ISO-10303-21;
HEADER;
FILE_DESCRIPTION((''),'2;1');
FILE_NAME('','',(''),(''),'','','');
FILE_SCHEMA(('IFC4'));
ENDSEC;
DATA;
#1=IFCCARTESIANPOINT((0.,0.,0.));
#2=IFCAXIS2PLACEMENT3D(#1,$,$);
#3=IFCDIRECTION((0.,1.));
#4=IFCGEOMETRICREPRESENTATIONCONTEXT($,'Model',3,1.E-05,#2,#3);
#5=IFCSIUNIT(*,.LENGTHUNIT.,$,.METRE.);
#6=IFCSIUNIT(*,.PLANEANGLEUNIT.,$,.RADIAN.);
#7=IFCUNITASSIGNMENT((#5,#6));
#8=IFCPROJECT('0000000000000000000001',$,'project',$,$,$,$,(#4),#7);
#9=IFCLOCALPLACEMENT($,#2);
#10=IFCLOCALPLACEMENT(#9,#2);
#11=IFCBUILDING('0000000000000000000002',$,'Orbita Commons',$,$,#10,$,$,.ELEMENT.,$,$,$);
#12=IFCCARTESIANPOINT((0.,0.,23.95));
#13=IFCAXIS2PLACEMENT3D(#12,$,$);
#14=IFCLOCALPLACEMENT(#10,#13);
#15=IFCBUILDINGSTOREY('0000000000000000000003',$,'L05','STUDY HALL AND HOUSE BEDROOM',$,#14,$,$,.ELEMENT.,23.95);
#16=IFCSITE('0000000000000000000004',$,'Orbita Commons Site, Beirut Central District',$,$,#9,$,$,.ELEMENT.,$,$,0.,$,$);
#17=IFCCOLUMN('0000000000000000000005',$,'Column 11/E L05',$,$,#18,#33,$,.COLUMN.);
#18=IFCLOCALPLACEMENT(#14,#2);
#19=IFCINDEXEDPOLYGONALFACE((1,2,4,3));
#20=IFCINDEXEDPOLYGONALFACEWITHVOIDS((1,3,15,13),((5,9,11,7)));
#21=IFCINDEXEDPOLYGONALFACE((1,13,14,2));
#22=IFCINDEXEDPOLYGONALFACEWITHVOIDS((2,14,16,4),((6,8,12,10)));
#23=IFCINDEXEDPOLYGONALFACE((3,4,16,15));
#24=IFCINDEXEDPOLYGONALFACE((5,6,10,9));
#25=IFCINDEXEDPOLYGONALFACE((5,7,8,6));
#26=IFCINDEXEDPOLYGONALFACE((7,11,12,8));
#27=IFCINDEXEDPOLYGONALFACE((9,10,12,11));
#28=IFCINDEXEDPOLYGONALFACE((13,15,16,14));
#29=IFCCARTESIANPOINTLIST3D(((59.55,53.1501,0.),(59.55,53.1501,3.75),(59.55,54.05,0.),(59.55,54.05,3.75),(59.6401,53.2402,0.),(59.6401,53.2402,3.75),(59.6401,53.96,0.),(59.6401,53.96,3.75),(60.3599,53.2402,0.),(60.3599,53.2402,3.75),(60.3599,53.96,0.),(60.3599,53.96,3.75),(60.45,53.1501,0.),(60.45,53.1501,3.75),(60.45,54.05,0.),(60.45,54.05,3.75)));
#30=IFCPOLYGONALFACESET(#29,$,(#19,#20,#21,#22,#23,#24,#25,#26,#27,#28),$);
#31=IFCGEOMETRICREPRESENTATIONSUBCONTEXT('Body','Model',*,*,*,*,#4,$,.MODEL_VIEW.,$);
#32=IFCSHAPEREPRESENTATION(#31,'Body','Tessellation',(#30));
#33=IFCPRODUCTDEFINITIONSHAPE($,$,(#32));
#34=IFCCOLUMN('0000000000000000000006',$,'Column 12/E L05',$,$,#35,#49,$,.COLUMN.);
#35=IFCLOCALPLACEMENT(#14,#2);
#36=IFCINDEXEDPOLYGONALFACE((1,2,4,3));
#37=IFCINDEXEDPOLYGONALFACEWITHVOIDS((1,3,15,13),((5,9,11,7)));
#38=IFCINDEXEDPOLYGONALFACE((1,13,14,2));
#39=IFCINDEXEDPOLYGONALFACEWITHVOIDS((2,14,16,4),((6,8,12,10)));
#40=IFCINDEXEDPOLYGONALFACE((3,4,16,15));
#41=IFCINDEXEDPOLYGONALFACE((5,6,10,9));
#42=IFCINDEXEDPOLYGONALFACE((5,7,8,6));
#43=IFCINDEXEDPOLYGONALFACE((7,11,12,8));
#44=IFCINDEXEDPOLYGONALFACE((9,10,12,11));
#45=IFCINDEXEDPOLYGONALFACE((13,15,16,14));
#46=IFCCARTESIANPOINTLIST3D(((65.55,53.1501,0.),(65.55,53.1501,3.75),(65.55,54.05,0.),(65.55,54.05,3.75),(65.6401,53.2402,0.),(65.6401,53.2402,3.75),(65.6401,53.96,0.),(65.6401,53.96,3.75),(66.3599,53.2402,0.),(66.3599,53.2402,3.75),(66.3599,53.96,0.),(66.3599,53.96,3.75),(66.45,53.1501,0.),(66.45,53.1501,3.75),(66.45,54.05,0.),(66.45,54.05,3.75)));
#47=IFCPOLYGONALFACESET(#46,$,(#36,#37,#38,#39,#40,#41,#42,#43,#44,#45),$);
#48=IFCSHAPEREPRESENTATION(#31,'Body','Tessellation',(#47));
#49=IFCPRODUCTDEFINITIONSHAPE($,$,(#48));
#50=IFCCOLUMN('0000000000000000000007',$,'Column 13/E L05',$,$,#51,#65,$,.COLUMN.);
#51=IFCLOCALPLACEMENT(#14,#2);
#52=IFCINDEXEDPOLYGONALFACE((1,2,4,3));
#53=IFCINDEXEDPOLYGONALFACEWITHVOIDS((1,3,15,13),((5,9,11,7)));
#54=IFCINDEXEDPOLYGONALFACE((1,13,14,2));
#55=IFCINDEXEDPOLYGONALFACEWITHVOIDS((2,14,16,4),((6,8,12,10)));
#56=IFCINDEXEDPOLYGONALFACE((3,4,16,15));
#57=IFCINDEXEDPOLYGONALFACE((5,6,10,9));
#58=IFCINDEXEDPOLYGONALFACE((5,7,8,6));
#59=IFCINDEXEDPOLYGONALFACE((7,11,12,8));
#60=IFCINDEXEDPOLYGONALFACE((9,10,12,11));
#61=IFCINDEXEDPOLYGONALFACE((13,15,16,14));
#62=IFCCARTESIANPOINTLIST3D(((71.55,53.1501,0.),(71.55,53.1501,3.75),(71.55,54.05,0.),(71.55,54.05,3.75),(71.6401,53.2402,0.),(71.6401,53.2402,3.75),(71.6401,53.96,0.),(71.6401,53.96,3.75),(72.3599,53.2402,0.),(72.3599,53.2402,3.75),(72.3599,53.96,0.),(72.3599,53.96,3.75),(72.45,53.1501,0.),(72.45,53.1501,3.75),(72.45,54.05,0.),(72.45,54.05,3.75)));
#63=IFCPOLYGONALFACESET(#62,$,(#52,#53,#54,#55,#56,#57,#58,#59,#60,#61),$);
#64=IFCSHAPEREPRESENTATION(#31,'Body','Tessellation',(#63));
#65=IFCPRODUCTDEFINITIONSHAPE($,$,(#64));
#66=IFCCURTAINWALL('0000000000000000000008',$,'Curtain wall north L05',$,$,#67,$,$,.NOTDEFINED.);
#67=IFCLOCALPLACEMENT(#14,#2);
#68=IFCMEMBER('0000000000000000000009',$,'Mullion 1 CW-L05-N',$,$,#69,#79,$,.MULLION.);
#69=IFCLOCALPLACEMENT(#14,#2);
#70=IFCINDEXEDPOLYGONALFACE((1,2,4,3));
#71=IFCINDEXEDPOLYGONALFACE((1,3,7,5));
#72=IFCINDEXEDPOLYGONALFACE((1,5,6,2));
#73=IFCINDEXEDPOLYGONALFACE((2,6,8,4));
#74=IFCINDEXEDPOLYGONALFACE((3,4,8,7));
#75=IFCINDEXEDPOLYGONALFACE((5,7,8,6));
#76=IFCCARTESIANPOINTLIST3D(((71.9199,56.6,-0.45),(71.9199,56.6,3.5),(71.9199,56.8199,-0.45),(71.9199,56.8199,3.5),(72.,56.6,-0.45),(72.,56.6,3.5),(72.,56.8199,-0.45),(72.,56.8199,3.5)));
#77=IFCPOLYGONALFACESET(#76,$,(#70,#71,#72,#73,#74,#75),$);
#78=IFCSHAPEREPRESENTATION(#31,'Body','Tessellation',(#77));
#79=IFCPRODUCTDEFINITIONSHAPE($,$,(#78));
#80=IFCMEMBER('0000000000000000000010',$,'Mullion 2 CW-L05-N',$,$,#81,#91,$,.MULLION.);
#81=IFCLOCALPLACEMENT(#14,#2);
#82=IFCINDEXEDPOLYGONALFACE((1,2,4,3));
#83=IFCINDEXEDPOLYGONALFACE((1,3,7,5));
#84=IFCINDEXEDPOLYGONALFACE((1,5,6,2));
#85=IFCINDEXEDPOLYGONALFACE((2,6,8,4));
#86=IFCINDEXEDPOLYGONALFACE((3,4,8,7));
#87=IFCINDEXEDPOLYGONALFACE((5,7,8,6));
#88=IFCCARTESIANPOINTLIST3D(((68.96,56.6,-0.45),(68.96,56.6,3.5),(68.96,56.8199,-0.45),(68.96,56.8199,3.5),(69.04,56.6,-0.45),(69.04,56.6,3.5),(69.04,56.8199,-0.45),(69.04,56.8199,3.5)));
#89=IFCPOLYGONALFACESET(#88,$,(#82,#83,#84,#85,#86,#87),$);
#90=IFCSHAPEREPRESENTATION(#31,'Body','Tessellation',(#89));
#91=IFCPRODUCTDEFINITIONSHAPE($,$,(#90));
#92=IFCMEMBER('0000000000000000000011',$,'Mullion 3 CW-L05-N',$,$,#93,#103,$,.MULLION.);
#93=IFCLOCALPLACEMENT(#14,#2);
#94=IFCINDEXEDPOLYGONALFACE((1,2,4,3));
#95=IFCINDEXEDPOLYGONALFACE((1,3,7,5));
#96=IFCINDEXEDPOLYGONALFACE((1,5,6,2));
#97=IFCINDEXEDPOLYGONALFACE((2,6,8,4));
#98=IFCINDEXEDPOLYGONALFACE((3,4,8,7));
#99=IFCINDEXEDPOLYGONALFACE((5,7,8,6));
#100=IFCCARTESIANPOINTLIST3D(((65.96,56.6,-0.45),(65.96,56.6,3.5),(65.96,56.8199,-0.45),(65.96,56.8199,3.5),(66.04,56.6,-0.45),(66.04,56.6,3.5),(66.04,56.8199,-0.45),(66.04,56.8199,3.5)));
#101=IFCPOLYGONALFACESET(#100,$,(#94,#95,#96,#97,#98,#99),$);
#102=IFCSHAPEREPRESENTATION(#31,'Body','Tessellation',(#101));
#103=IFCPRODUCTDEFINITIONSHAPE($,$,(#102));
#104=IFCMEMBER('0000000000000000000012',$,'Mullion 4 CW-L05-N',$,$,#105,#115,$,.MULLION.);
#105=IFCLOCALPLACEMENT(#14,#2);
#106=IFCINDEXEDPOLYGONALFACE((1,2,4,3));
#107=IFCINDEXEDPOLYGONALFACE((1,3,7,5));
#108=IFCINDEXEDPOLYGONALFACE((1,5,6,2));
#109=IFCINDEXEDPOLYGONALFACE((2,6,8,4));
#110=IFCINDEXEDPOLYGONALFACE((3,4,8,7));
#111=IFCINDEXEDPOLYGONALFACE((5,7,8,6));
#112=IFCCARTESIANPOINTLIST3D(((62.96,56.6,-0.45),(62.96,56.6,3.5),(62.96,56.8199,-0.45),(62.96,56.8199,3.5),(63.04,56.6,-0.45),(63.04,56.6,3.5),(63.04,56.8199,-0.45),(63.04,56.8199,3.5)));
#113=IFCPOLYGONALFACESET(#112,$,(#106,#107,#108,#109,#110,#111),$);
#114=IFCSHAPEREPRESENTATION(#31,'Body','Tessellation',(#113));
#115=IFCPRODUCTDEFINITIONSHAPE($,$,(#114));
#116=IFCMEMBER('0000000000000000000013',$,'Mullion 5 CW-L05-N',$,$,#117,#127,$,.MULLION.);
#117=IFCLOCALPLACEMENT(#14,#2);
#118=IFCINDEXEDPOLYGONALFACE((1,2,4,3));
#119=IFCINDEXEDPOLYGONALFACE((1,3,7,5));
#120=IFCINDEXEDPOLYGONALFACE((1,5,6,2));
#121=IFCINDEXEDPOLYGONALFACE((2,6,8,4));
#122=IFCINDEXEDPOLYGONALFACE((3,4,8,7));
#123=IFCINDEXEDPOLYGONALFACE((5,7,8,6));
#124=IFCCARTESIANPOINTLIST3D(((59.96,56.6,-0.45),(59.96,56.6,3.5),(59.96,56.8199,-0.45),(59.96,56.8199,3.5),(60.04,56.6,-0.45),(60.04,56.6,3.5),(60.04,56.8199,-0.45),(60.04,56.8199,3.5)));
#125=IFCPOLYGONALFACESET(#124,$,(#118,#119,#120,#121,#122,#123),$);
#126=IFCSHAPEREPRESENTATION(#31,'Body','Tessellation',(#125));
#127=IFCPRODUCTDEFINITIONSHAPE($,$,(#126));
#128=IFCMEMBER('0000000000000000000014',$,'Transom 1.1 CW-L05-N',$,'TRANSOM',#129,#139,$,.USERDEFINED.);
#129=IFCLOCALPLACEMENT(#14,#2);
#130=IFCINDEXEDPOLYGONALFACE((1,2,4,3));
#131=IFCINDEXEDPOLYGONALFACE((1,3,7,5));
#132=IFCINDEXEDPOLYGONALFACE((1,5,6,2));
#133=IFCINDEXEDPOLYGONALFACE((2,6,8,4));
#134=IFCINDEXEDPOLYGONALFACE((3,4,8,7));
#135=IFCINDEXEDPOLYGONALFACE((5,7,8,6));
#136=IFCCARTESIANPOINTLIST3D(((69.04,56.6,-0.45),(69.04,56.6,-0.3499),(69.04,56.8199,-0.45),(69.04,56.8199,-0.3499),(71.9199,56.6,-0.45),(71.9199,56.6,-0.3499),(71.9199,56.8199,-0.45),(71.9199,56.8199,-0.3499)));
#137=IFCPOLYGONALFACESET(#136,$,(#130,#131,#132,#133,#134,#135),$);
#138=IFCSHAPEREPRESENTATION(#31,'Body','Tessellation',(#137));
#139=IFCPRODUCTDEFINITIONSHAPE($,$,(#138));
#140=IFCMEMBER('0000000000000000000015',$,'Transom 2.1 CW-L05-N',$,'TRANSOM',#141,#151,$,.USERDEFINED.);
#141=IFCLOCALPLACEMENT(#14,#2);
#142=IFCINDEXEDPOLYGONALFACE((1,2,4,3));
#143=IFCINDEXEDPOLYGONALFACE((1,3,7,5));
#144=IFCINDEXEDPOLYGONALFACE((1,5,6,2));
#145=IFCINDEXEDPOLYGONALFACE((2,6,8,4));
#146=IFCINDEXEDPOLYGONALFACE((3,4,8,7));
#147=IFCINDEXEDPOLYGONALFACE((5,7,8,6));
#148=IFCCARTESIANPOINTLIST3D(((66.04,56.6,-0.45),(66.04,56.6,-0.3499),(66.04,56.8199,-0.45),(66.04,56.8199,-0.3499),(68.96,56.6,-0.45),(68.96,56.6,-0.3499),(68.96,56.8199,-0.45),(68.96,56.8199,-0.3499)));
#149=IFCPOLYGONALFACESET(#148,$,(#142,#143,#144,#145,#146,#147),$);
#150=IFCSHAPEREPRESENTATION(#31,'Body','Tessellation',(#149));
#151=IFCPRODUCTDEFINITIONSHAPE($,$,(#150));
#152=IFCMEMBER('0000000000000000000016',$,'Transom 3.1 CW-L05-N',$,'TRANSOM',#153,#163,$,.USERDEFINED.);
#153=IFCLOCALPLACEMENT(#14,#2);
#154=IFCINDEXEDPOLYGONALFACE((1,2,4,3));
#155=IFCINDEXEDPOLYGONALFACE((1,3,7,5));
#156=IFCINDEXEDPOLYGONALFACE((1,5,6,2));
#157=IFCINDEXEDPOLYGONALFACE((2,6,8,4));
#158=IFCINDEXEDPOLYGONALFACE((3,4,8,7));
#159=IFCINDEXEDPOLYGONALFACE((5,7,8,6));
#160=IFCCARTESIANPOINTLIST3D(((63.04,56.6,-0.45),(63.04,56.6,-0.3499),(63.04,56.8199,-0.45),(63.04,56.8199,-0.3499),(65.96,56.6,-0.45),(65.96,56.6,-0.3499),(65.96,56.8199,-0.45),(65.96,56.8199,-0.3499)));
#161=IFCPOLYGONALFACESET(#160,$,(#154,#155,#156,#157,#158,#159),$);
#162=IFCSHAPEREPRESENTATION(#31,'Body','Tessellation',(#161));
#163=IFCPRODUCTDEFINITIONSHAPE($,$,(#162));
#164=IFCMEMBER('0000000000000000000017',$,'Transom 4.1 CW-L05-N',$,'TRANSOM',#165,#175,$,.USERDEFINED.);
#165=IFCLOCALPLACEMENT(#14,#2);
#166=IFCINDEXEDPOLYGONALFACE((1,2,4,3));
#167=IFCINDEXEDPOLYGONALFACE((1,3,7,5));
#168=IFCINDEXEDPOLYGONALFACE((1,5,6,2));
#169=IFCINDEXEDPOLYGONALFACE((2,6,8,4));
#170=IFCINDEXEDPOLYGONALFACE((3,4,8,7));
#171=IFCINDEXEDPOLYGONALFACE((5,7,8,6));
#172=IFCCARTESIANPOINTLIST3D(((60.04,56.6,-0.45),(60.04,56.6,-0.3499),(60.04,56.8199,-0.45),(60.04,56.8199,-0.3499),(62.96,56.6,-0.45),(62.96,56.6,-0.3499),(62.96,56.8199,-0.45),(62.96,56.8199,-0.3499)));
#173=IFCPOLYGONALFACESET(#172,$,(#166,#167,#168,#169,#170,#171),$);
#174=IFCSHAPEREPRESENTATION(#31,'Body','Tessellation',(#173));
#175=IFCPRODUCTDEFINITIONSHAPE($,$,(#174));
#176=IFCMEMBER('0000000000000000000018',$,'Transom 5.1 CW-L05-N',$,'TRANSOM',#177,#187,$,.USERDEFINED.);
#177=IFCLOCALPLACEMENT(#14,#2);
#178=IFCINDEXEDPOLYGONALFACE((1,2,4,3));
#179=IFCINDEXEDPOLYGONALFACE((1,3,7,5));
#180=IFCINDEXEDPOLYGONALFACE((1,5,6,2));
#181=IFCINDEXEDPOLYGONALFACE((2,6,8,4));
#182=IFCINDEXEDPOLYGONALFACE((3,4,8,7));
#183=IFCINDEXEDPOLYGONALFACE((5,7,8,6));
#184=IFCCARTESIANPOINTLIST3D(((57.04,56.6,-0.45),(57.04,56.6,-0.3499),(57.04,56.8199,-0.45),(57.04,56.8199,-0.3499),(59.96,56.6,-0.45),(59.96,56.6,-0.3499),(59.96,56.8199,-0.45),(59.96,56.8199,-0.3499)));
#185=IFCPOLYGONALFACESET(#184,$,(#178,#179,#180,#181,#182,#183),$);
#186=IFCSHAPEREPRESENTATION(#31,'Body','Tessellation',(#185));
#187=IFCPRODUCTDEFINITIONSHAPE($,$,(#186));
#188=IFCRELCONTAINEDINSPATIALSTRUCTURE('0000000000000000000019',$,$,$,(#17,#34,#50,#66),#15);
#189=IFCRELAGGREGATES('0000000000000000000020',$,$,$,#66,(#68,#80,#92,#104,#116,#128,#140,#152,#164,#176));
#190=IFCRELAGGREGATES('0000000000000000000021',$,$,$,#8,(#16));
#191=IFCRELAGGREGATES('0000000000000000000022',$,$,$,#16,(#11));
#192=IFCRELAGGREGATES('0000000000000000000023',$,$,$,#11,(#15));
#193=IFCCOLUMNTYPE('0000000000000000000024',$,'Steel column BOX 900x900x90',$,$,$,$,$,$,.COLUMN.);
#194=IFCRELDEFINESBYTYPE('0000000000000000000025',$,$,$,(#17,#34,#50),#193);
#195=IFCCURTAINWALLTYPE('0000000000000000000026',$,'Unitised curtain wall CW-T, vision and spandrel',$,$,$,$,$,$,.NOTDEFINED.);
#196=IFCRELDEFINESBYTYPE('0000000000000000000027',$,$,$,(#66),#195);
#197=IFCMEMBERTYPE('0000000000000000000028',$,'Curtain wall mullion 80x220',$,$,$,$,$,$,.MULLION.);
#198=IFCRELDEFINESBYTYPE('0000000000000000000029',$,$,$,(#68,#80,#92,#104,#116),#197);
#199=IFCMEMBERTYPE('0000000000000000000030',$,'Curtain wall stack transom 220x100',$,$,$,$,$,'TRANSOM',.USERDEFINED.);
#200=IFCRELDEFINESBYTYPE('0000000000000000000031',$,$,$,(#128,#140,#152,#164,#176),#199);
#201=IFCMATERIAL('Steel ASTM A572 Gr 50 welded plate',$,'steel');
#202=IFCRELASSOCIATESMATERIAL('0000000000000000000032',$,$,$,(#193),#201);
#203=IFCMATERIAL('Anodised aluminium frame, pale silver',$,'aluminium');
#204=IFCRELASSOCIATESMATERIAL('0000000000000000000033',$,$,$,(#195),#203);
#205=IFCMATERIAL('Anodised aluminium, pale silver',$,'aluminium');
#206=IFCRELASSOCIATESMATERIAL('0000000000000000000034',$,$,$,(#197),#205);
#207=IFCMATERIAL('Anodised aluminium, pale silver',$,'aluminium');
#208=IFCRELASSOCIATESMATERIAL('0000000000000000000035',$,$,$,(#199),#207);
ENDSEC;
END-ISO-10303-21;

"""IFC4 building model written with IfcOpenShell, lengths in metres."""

from ifc_helpers import new_model, si_unit, direction, frame, origin, origin_2d, place, context, subcontext, project, spatial, rectangle, hollow_rectangle, extrude, material, material_profile, profile_set, type_object, element, aggregate, save


model = new_model("IFC4")

# Units and contexts
model_context = context("Model", 3, precision=1e-05, world=origin(), true_north=direction((0.0, 1.0)))
body_context = subcontext(model_context, "Body", "Model", "MODEL_VIEW")
ifc_project = project(units=[si_unit("LENGTHUNIT", "METRE"), si_unit("PLANEANGLEUNIT", "RADIAN")], contexts=[model_context])

# Site, building, storey
site_placement = place(None, origin())
site = spatial("IfcSite", under=ifc_project, at=site_placement, Name="Orbita Commons Site, Beirut Central District", CompositionType="ELEMENT", RefElevation=0.0)
building_placement = place(site_placement, origin())
building = spatial("IfcBuilding", under=site, at=building_placement, Name="Orbita Commons", CompositionType="ELEMENT")
storey_placement = place(building_placement, frame((0.0, 0.0, 23.95)))
storey = spatial("IfcBuildingStorey", under=building, at=storey_placement, Name="L05", Description="STUDY HALL AND HOUSE BEDROOM", CompositionType="ELEMENT", Elevation=23.95)

# Columns
ifc_material_1 = material(Name="Steel ASTM A572 Gr 50 welded plate", Category="steel")
ifc_material_profile_1 = material_profile(ifc_material_1, hollow_rectangle(XDim=0.8999, YDim=0.8999, WallThickness=0.0901, at=origin_2d()), Name="BOX 900x900x90")
ifc_profile_set_1 = profile_set([ifc_material_profile_1], Name="Steel ASTM A572 Gr 50 welded plate")
column_type = type_object("IfcColumnType", Name="Steel column BOX 900x900x90", PredefinedType="COLUMN", material=ifc_profile_set_1)
for number, where, z_axis, x_axis, name in (
    (1, (60.0, 53.6001, 0.0), (0.0, 0.0, 1.0), (1.0, 0.0, 0.0), "Column 11/E L05"),
    (2, (66.0, 53.6001, 0.0), (0.0, 0.0, 1.0), (1.0, 0.0, 0.0), "Column 12/E L05"),
    (3, (72.0, 53.6001, 0.0), (0.0, 0.0, 1.0), (1.0, 0.0, 0.0), "Column 13/E L05"),
):
    element("IfcColumn", number, at=place(storey_placement, frame(where, z_axis=z_axis, x_axis=x_axis)), inside=storey, type_object=column_type, Name=name, PredefinedType="COLUMN", context=body_context, shape_type="SweptSolid", body=[
        extrude(hollow_rectangle(XDim=0.8999, YDim=0.8999, WallThickness=0.0901, at=origin_2d()), origin(), (0.0, 0.0, 1.0), 3.75),
    ])

# Curtain wall, members
ifc_material_2 = material(Name="Anodised aluminium frame, pale silver", Category="aluminium")
curtain_wall_type = type_object("IfcCurtainWallType", Name="Unitised curtain wall CW-T, vision and spandrel", PredefinedType="NOTDEFINED", material=ifc_material_2)
curtain_wall_placement = place(storey_placement, origin())
curtain_wall = element("IfcCurtainWall", 4, at=curtain_wall_placement, inside=storey, type_object=curtain_wall_type, Name="Curtain wall north L05", PredefinedType="NOTDEFINED")
ifc_material_3 = material(Name="Anodised aluminium, pale silver", Category="aluminium")
ifc_material_profile_2 = material_profile(ifc_material_3, rectangle(XDim=0.0801, YDim=0.22, at=origin_2d()), Name="AL 80x220")
ifc_profile_set_2 = profile_set([ifc_material_profile_2], Name="Anodised aluminium, pale silver")
member_type_1 = type_object("IfcMemberType", Name="Curtain wall mullion 80x220", PredefinedType="MULLION", material=ifc_profile_set_2)
member_1_placement = place(storey_placement, frame((71.96, 56.71, -0.45), z_axis=(0.0, 0.0, 1.0), x_axis=(-1.0, 0.0, 0.0)))
member_1 = element("IfcMember", 5, at=member_1_placement, type_object=member_type_1, Name="Mullion 1 CW-L05-N", PredefinedType="MULLION", context=body_context, shape_type="SweptSolid", body=[
    extrude(rectangle(XDim=0.0801, YDim=0.22, at=origin_2d()), origin(), (0.0, 0.0, 1.0), 3.95),
])
member_2_placement = place(storey_placement, frame((69.0, 56.71, -0.45), z_axis=(0.0, 0.0, 1.0), x_axis=(-1.0, 0.0, 0.0)))
member_2 = element("IfcMember", 6, at=member_2_placement, type_object=member_type_1, Name="Mullion 2 CW-L05-N", PredefinedType="MULLION", context=body_context, shape_type="SweptSolid", body=[
    extrude(rectangle(XDim=0.0801, YDim=0.22, at=origin_2d()), origin(), (0.0, 0.0, 1.0), 3.95),
])
member_3_placement = place(storey_placement, frame((66.0, 56.71, -0.45), z_axis=(0.0, 0.0, 1.0), x_axis=(-1.0, 0.0, 0.0)))
member_3 = element("IfcMember", 7, at=member_3_placement, type_object=member_type_1, Name="Mullion 3 CW-L05-N", PredefinedType="MULLION", context=body_context, shape_type="SweptSolid", body=[
    extrude(rectangle(XDim=0.0801, YDim=0.22, at=origin_2d()), origin(), (0.0, 0.0, 1.0), 3.95),
])
member_4_placement = place(storey_placement, frame((63.0, 56.71, -0.45), z_axis=(0.0, 0.0, 1.0), x_axis=(-1.0, 0.0, 0.0)))
member_4 = element("IfcMember", 8, at=member_4_placement, type_object=member_type_1, Name="Mullion 4 CW-L05-N", PredefinedType="MULLION", context=body_context, shape_type="SweptSolid", body=[
    extrude(rectangle(XDim=0.0801, YDim=0.22, at=origin_2d()), origin(), (0.0, 0.0, 1.0), 3.95),
])
member_5_placement = place(storey_placement, frame((60.0, 56.71, -0.45), z_axis=(0.0, 0.0, 1.0), x_axis=(-1.0, 0.0, 0.0)))
member_5 = element("IfcMember", 9, at=member_5_placement, type_object=member_type_1, Name="Mullion 5 CW-L05-N", PredefinedType="MULLION", context=body_context, shape_type="SweptSolid", body=[
    extrude(rectangle(XDim=0.0801, YDim=0.22, at=origin_2d()), origin(), (0.0, 0.0, 1.0), 3.95),
])
ifc_material_4 = material(Name="Anodised aluminium, pale silver", Category="aluminium")
ifc_material_profile_3 = material_profile(ifc_material_4, rectangle(XDim=0.22, YDim=0.1001, at=origin_2d()), Name="AL 220x100")
ifc_profile_set_3 = profile_set([ifc_material_profile_3], Name="Anodised aluminium, pale silver")
member_type_2 = type_object("IfcMemberType", Name="Curtain wall stack transom 220x100", ElementType="TRANSOM", PredefinedType="USERDEFINED", material=ifc_profile_set_3)
member_6_placement = place(storey_placement, frame((71.9199, 56.71, -0.3999), z_axis=(-1.0, 0.0, 0.0), x_axis=(0.0, -1.0, 0.0)))
member_6 = element("IfcMember", 10, at=member_6_placement, type_object=member_type_2, Name="Transom 1.1 CW-L05-N", ObjectType="TRANSOM", PredefinedType="USERDEFINED", context=body_context, shape_type="SweptSolid", body=[
    extrude(rectangle(XDim=0.22, YDim=0.1001, at=origin_2d()), origin(), (0.0, 0.0, 1.0), 2.8799),
])
member_7_placement = place(storey_placement, frame((68.96, 56.71, -0.3999), z_axis=(-1.0, 0.0, 0.0), x_axis=(0.0, -1.0, 0.0)))
member_7 = element("IfcMember", 11, at=member_7_placement, type_object=member_type_2, Name="Transom 2.1 CW-L05-N", ObjectType="TRANSOM", PredefinedType="USERDEFINED", context=body_context, shape_type="SweptSolid", body=[
    extrude(rectangle(XDim=0.22, YDim=0.1001, at=origin_2d()), origin(), (0.0, 0.0, 1.0), 2.9199),
])
member_8_placement = place(storey_placement, frame((65.96, 56.71, -0.3999), z_axis=(-1.0, 0.0, 0.0), x_axis=(0.0, -1.0, 0.0)))
member_8 = element("IfcMember", 12, at=member_8_placement, type_object=member_type_2, Name="Transom 3.1 CW-L05-N", ObjectType="TRANSOM", PredefinedType="USERDEFINED", context=body_context, shape_type="SweptSolid", body=[
    extrude(rectangle(XDim=0.22, YDim=0.1001, at=origin_2d()), origin(), (0.0, 0.0, 1.0), 2.9199),
])
member_9_placement = place(storey_placement, frame((62.96, 56.71, -0.3999), z_axis=(-1.0, 0.0, 0.0), x_axis=(0.0, -1.0, 0.0)))
member_9 = element("IfcMember", 13, at=member_9_placement, type_object=member_type_2, Name="Transom 4.1 CW-L05-N", ObjectType="TRANSOM", PredefinedType="USERDEFINED", context=body_context, shape_type="SweptSolid", body=[
    extrude(rectangle(XDim=0.22, YDim=0.1001, at=origin_2d()), origin(), (0.0, 0.0, 1.0), 2.9199),
])
member_10_placement = place(storey_placement, frame((59.96, 56.71, -0.3999), z_axis=(-1.0, 0.0, 0.0), x_axis=(0.0, -1.0, 0.0)))
member_10 = element("IfcMember", 14, at=member_10_placement, type_object=member_type_2, Name="Transom 5.1 CW-L05-N", ObjectType="TRANSOM", PredefinedType="USERDEFINED", context=body_context, shape_type="SweptSolid", body=[
    extrude(rectangle(XDim=0.22, YDim=0.1001, at=origin_2d()), origin(), (0.0, 0.0, 1.0), 2.9199),
])

aggregate(curtain_wall, [member_1, member_2, member_3, member_4, member_5, member_6, member_7, member_8, member_9, member_10])

save(model, "model.ifc")
